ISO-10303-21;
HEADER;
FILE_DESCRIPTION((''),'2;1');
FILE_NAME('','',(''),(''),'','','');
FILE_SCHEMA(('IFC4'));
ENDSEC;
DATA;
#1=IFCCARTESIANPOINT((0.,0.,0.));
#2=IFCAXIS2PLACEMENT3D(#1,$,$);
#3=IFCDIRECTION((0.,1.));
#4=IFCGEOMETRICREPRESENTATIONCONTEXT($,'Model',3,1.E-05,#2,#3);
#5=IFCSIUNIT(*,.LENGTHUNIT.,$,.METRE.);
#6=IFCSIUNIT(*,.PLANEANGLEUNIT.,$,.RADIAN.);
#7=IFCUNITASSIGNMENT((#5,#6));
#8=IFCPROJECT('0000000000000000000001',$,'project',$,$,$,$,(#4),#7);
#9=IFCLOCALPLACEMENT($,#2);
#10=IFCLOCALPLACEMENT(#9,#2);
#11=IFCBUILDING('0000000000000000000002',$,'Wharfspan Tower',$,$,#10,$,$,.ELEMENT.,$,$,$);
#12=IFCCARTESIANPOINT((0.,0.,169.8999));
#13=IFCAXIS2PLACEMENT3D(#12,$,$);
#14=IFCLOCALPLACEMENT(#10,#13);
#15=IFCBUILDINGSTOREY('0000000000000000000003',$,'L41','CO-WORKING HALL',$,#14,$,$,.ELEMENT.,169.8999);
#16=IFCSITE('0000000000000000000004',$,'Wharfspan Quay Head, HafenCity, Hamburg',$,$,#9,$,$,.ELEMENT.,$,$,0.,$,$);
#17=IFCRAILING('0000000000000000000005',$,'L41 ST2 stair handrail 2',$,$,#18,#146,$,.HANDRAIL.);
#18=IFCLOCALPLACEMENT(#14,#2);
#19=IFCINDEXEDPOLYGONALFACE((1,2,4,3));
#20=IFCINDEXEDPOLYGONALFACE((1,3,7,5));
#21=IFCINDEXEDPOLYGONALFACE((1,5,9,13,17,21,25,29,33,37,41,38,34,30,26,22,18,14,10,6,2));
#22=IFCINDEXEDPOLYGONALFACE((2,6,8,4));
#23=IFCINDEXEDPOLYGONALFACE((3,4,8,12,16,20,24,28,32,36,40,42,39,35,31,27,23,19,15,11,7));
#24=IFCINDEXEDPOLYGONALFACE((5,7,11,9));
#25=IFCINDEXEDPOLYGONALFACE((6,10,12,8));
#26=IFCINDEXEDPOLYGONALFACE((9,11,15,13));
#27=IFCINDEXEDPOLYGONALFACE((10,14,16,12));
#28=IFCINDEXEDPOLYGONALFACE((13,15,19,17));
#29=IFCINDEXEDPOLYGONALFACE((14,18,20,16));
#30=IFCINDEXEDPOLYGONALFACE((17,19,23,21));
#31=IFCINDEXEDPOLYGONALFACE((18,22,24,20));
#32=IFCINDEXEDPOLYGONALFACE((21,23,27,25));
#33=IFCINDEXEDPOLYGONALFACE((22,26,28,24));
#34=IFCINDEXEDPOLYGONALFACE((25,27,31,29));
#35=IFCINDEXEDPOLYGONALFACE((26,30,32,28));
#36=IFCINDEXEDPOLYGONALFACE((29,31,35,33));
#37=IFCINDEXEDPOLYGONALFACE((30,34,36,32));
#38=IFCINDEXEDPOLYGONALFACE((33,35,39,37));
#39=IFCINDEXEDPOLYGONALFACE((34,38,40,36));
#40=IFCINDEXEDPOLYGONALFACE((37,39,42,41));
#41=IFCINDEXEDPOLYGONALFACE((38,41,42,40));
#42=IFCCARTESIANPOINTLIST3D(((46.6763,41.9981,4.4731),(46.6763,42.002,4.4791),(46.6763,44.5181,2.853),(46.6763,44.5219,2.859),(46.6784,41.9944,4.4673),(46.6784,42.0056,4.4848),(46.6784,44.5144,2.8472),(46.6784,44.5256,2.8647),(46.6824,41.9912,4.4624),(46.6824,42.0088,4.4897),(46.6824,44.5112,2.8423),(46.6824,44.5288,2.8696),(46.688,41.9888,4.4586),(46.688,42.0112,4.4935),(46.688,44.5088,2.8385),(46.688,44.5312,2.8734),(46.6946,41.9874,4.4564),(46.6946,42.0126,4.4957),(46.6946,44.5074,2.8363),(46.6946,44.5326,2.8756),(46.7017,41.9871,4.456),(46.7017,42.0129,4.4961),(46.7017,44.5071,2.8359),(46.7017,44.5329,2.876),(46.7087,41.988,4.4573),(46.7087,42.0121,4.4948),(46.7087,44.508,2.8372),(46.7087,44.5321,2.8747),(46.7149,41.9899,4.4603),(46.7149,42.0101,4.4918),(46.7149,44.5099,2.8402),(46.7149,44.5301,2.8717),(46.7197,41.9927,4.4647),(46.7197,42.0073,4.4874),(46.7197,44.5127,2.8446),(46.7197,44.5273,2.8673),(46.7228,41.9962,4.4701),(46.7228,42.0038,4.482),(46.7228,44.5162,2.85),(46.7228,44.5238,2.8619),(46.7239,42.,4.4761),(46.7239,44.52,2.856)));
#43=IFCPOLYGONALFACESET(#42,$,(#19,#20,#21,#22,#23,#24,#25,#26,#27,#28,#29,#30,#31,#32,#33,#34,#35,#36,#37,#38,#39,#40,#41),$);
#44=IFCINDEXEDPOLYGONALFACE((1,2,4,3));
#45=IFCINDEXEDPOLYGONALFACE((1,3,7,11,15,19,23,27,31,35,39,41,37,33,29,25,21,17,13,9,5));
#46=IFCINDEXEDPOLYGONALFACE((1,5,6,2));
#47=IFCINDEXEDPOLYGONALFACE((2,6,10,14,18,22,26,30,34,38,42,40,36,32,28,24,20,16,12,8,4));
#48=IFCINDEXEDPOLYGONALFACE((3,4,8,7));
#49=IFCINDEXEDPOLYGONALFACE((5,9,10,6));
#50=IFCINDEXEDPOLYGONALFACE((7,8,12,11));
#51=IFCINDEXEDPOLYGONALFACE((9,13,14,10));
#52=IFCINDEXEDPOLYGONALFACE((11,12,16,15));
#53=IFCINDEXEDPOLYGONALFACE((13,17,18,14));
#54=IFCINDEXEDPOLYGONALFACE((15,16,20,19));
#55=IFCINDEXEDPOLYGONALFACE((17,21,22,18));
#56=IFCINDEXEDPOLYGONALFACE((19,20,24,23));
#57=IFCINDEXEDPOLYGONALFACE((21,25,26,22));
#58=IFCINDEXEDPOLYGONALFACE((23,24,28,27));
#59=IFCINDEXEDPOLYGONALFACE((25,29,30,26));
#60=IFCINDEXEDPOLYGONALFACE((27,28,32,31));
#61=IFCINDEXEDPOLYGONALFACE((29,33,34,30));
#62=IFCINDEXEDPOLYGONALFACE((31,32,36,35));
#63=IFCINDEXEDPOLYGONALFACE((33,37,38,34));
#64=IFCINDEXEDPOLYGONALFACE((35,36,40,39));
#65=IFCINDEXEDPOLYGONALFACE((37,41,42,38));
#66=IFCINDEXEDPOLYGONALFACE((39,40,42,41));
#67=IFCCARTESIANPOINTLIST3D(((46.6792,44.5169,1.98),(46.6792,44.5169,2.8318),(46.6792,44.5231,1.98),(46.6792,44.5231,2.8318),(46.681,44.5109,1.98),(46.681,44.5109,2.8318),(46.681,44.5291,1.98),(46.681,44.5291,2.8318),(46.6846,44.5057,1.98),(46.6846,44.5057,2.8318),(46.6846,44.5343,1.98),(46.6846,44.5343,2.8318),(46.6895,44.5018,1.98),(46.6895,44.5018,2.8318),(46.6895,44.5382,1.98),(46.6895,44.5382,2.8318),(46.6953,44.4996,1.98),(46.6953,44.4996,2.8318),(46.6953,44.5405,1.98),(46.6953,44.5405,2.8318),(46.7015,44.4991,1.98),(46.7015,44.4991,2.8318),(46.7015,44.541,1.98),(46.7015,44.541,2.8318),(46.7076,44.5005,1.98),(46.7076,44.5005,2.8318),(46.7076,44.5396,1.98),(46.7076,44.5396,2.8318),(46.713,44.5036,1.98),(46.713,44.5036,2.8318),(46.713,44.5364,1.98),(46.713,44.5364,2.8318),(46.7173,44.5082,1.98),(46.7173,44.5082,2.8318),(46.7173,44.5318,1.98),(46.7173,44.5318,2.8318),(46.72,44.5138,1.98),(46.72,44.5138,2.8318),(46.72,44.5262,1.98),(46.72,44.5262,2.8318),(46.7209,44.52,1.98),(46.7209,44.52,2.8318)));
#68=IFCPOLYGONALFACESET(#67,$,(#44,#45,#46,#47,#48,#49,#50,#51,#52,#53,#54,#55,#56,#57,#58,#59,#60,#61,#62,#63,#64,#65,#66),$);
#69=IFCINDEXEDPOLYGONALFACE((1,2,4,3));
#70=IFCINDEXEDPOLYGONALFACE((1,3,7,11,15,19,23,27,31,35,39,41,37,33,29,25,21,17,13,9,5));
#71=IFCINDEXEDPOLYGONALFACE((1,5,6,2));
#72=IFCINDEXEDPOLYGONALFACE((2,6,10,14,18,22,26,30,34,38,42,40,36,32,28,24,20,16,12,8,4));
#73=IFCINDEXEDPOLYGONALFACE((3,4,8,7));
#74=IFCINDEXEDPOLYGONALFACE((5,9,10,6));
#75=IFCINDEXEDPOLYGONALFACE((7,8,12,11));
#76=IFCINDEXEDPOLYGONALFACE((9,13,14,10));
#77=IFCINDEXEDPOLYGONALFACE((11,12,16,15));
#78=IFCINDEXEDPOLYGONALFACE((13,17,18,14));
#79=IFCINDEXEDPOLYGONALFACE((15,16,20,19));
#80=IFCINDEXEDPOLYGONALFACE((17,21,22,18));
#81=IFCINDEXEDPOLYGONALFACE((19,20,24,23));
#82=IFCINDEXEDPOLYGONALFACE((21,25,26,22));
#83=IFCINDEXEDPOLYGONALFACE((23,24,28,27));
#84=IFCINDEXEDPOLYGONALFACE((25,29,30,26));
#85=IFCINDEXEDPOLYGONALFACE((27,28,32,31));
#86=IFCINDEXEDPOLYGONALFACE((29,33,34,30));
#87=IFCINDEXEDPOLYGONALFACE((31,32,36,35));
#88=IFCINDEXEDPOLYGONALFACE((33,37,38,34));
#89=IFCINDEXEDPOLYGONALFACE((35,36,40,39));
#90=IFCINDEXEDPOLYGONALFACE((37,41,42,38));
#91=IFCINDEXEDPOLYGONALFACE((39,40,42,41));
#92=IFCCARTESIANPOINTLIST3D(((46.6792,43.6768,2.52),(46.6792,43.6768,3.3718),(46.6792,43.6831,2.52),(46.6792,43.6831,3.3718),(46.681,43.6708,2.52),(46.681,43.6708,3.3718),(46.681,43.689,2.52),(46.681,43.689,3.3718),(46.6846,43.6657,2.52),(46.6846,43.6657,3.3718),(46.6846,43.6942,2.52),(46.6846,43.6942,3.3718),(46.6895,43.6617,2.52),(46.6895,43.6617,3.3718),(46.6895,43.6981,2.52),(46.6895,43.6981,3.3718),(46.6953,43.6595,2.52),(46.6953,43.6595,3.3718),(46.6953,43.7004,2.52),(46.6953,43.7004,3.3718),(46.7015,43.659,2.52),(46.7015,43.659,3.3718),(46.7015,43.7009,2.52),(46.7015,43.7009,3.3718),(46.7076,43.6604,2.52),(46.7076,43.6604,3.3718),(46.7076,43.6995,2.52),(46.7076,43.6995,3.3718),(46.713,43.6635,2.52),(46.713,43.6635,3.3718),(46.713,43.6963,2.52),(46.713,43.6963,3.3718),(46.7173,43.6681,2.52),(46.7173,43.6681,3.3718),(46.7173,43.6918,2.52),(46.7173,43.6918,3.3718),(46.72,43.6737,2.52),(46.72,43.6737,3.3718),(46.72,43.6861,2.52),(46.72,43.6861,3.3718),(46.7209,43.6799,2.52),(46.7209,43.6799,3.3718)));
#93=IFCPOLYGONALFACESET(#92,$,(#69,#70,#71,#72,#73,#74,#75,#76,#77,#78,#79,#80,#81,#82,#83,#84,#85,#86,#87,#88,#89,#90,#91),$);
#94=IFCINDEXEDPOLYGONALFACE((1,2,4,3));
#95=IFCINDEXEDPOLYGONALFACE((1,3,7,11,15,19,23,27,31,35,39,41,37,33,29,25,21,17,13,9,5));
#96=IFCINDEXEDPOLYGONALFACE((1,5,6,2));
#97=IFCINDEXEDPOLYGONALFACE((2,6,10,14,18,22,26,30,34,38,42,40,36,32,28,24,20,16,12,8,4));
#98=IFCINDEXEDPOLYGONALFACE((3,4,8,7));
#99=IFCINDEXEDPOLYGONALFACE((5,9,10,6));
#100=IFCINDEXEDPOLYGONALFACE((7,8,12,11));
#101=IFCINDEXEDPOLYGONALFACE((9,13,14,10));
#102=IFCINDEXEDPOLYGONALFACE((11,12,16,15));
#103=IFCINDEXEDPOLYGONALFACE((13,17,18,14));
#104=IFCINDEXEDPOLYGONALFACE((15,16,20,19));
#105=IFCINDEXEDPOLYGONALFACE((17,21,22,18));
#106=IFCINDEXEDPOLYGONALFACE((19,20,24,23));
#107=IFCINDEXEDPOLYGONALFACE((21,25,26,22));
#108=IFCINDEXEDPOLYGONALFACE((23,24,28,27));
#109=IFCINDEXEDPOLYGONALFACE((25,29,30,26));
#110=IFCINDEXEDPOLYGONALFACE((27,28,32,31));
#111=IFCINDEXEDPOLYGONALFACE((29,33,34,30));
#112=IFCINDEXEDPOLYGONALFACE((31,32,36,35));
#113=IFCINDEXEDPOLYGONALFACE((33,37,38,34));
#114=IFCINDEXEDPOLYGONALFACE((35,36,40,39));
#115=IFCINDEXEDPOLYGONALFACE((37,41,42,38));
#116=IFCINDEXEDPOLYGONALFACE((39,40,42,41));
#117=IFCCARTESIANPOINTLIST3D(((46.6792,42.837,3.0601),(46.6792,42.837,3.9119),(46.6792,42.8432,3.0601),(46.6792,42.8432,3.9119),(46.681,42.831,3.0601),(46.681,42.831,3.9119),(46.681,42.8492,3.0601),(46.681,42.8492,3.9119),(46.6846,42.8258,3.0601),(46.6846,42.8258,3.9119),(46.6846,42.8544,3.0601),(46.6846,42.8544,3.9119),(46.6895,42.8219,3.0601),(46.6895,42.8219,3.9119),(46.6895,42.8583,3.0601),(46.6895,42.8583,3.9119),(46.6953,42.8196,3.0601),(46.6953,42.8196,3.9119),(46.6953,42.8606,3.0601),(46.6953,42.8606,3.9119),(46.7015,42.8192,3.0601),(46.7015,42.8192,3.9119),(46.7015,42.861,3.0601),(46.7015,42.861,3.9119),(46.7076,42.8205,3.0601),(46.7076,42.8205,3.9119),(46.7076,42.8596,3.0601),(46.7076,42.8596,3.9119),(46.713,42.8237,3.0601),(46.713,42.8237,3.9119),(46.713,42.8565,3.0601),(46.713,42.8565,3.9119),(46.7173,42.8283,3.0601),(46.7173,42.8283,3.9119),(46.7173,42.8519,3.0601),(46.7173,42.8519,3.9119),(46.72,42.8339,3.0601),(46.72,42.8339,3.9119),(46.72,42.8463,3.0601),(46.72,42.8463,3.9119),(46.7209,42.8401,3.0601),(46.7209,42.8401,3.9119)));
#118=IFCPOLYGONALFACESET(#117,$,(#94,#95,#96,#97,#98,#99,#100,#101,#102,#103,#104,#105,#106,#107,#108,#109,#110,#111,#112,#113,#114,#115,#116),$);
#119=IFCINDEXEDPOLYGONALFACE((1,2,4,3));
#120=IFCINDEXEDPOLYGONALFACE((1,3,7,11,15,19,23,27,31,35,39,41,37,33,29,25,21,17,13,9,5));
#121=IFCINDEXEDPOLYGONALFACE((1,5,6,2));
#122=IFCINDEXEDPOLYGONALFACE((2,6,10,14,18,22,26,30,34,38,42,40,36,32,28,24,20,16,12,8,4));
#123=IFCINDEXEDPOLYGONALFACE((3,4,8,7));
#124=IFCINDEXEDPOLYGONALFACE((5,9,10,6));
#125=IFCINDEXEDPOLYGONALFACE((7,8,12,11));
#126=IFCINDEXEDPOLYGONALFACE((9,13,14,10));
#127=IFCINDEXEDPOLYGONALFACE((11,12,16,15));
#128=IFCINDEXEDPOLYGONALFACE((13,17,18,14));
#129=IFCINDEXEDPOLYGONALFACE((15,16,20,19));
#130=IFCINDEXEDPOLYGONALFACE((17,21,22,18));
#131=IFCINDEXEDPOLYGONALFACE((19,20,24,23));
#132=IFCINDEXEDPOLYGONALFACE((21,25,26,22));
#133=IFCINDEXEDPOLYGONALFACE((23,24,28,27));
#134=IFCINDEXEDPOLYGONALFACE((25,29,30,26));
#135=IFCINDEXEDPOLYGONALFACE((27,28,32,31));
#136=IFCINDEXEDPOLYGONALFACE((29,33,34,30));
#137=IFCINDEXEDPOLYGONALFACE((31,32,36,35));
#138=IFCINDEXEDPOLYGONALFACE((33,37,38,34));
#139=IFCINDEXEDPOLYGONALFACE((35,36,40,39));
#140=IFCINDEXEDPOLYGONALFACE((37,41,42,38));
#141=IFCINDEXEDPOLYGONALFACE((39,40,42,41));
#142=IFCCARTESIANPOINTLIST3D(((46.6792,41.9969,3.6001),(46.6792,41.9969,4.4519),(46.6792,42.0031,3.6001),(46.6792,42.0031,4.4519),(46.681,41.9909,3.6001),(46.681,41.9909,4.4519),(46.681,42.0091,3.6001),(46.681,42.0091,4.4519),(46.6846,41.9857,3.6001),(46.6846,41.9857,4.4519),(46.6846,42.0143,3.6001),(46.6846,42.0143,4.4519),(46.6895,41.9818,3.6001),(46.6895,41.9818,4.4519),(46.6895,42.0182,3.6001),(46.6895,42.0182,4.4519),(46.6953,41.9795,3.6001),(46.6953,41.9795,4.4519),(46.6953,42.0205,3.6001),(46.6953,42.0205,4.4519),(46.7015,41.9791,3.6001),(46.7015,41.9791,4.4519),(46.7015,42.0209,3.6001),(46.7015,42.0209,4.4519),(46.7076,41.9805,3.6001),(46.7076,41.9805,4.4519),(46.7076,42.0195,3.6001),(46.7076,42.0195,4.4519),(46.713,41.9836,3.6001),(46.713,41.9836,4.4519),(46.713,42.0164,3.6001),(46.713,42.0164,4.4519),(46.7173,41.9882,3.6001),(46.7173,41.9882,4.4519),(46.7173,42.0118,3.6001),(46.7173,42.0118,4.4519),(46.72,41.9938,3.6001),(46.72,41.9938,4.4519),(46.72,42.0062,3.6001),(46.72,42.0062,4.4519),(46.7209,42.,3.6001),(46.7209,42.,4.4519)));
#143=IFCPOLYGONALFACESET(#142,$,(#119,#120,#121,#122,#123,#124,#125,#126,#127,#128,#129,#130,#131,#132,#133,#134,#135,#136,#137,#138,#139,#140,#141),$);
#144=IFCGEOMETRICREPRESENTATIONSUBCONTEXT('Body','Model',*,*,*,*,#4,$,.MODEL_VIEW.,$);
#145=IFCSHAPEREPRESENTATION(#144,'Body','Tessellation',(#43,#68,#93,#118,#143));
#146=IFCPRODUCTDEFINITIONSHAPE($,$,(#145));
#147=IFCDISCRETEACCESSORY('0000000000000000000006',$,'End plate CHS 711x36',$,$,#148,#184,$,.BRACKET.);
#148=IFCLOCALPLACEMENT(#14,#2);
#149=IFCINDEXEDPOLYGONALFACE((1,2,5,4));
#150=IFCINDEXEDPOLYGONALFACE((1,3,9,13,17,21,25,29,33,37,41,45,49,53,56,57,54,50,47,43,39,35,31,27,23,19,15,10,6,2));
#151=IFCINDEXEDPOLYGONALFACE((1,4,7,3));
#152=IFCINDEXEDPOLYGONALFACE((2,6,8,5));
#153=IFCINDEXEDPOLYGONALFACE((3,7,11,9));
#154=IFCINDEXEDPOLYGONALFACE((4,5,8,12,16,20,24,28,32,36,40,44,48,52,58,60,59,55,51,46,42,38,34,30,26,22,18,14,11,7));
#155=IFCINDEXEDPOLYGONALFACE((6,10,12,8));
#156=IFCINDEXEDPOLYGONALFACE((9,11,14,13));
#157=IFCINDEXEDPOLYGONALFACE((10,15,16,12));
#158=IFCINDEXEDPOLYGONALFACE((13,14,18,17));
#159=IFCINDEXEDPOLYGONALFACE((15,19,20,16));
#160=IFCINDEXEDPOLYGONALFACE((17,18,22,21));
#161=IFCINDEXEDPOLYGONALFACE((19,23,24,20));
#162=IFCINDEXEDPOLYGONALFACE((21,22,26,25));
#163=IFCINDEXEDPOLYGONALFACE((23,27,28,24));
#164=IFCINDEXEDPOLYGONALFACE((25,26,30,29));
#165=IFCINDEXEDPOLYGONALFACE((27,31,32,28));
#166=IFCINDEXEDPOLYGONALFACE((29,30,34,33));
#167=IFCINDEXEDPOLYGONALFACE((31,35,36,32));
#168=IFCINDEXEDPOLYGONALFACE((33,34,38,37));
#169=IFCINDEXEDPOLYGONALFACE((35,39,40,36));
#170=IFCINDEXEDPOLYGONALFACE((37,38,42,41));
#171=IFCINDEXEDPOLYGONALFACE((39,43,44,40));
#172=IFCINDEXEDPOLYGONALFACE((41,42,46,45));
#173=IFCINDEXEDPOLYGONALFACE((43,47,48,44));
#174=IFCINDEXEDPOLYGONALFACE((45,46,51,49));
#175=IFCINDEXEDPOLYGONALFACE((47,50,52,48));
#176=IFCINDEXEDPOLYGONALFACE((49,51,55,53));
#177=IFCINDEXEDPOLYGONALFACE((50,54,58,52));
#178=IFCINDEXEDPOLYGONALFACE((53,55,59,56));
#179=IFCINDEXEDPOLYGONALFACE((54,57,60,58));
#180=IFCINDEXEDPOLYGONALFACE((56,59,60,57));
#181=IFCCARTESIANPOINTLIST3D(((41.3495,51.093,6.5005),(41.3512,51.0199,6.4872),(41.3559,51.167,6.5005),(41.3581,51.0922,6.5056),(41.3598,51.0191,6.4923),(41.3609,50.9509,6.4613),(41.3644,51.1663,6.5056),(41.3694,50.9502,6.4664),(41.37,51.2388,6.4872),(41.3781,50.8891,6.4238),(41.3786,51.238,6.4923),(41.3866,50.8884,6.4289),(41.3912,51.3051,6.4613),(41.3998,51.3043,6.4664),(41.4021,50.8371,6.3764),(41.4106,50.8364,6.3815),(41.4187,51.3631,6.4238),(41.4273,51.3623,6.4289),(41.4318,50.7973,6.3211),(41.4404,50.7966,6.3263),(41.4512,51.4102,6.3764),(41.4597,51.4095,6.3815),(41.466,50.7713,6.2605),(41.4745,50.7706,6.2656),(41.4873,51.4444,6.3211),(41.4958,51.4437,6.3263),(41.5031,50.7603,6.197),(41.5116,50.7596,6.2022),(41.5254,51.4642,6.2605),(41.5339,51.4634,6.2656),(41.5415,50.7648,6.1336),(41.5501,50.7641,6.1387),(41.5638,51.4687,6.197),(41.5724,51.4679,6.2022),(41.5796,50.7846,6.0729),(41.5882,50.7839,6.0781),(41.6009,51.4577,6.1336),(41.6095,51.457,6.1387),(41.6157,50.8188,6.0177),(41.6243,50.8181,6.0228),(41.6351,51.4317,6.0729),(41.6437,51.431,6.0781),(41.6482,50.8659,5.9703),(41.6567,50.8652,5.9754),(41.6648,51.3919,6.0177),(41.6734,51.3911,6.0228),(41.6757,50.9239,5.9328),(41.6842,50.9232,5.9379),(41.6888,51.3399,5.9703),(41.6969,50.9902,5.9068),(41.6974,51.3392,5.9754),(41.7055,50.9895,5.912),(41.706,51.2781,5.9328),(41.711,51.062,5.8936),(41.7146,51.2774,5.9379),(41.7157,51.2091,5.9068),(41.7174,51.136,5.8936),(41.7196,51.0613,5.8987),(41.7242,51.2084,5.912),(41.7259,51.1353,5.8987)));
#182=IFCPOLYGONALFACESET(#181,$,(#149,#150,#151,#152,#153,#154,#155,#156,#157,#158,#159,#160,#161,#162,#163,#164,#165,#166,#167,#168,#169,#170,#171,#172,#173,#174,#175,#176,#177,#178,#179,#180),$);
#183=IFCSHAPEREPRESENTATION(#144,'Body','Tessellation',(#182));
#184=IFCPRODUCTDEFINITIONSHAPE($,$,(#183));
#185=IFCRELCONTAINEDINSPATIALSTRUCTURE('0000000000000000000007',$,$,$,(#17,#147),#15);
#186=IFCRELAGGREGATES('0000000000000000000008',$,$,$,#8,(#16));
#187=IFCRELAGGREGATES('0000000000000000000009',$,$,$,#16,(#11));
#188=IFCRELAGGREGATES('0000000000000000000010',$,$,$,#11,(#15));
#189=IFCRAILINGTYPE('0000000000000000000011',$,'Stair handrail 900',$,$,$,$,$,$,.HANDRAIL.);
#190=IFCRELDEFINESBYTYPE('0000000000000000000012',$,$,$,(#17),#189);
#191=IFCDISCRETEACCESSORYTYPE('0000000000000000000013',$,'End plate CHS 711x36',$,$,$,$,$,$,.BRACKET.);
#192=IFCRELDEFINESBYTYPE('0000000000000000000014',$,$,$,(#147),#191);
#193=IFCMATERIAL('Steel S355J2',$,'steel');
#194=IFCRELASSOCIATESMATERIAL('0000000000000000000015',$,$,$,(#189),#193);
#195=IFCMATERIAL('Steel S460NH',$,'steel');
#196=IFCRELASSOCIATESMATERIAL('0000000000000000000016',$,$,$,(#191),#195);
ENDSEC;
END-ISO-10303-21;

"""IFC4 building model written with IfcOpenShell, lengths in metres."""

from ifc_helpers import new_model, si_unit, direction, frame, origin, origin_2d, place, context, subcontext, project, spatial, circle, extrude, material, material_profile, profile_set, type_object, element, save


model = new_model("IFC4")

# Units and contexts
model_context = context("Model", 3, precision=1e-05, world=origin(), true_north=direction((0.0, 1.0)))
body_context = subcontext(model_context, "Body", "Model", "MODEL_VIEW")
ifc_project = project(units=[si_unit("LENGTHUNIT", "METRE"), si_unit("PLANEANGLEUNIT", "RADIAN")], contexts=[model_context])

# Site, building, storey
site_placement = place(None, origin())
site = spatial("IfcSite", under=ifc_project, at=site_placement, Name="Wharfspan Quay Head, HafenCity, Hamburg", CompositionType="ELEMENT", RefElevation=0.0)
building_placement = place(site_placement, origin())
building = spatial("IfcBuilding", under=site, at=building_placement, Name="Wharfspan Tower", CompositionType="ELEMENT")
storey_placement = place(building_placement, frame((0.0, 0.0, 169.8999)))
storey = spatial("IfcBuildingStorey", under=building, at=storey_placement, Name="L41", Description="CO-WORKING HALL", CompositionType="ELEMENT", Elevation=169.8999)

# Shared definitions
ifc_material_1 = material(Name="Steel S355J2", Category="steel")

# Shared definitions
ifc_material_2 = material(Name="Steel S460NH", Category="steel")

# Railing
railing_type_1 = type_object("IfcRailingType", Name="Stair handrail 900", PredefinedType="HANDRAIL", material=ifc_material_1)
railing_1_placement = place(storey_placement, frame((46.7, 44.52, 1.98)))
element("IfcRailing", 1, at=railing_1_placement, inside=storey, type_object=railing_type_1, Name="L41 ST2 stair handrail 2", PredefinedType="HANDRAIL", context=body_context, shape_type="SweptSolid", body=[
    extrude(circle(Radius=0.0239, at=origin_2d()), frame((0.0, 0.0, 0.876), z_axis=(0.0, -0.841163, 0.540782), x_axis=(1.0, 0.0, 0.0)), (0.0, 0.0, 1.0), 2.9958),
    extrude(circle(Radius=0.021, at=origin_2d()), origin(), (0.0, 0.0, 1.0), 0.8518),
    extrude(circle(Radius=0.021, at=origin_2d()), frame((0.0, -0.8401, 0.54)), (0.0, 0.0, 1.0), 0.8518),
    extrude(circle(Radius=0.021, at=origin_2d()), frame((0.0, -1.6799, 1.0801)), (0.0, 0.0, 1.0), 0.8518),
    extrude(circle(Radius=0.021, at=origin_2d()), frame((0.0, -2.52, 1.6201)), (0.0, 0.0, 1.0), 0.8518),
])

# Discrete accessory
ifc_material_profile_1 = material_profile(ifc_material_2, circle(Radius=0.3555, at=origin_2d()))
ifc_profile_set_1 = profile_set([ifc_material_profile_1], Name="Steel S460NH")
discrete_accessory_type = type_object("IfcDiscreteAccessoryType", Name="End plate CHS 711x36", PredefinedType="BRACKET", material=ifc_profile_set_1)
for number, where, z_axis, x_axis, name in (
    (2, (41.5334, 51.1145, 6.197), (0.855186, -0.073302, 0.513112), (0.085402, 0.996345, -0.000001), "End plate CHS 711x36"),
):
    element("IfcDiscreteAccessory", number, at=place(storey_placement, frame(where, z_axis=z_axis, x_axis=x_axis)), inside=storey, type_object=discrete_accessory_type, Name=name, PredefinedType="BRACKET", context=body_context, shape_type="SweptSolid", body=[
        extrude(circle(Radius=0.3555, at=origin_2d()), origin(), (0.0, 0.0, 1.0), 0.01),
    ])

save(model, "model.ifc")
